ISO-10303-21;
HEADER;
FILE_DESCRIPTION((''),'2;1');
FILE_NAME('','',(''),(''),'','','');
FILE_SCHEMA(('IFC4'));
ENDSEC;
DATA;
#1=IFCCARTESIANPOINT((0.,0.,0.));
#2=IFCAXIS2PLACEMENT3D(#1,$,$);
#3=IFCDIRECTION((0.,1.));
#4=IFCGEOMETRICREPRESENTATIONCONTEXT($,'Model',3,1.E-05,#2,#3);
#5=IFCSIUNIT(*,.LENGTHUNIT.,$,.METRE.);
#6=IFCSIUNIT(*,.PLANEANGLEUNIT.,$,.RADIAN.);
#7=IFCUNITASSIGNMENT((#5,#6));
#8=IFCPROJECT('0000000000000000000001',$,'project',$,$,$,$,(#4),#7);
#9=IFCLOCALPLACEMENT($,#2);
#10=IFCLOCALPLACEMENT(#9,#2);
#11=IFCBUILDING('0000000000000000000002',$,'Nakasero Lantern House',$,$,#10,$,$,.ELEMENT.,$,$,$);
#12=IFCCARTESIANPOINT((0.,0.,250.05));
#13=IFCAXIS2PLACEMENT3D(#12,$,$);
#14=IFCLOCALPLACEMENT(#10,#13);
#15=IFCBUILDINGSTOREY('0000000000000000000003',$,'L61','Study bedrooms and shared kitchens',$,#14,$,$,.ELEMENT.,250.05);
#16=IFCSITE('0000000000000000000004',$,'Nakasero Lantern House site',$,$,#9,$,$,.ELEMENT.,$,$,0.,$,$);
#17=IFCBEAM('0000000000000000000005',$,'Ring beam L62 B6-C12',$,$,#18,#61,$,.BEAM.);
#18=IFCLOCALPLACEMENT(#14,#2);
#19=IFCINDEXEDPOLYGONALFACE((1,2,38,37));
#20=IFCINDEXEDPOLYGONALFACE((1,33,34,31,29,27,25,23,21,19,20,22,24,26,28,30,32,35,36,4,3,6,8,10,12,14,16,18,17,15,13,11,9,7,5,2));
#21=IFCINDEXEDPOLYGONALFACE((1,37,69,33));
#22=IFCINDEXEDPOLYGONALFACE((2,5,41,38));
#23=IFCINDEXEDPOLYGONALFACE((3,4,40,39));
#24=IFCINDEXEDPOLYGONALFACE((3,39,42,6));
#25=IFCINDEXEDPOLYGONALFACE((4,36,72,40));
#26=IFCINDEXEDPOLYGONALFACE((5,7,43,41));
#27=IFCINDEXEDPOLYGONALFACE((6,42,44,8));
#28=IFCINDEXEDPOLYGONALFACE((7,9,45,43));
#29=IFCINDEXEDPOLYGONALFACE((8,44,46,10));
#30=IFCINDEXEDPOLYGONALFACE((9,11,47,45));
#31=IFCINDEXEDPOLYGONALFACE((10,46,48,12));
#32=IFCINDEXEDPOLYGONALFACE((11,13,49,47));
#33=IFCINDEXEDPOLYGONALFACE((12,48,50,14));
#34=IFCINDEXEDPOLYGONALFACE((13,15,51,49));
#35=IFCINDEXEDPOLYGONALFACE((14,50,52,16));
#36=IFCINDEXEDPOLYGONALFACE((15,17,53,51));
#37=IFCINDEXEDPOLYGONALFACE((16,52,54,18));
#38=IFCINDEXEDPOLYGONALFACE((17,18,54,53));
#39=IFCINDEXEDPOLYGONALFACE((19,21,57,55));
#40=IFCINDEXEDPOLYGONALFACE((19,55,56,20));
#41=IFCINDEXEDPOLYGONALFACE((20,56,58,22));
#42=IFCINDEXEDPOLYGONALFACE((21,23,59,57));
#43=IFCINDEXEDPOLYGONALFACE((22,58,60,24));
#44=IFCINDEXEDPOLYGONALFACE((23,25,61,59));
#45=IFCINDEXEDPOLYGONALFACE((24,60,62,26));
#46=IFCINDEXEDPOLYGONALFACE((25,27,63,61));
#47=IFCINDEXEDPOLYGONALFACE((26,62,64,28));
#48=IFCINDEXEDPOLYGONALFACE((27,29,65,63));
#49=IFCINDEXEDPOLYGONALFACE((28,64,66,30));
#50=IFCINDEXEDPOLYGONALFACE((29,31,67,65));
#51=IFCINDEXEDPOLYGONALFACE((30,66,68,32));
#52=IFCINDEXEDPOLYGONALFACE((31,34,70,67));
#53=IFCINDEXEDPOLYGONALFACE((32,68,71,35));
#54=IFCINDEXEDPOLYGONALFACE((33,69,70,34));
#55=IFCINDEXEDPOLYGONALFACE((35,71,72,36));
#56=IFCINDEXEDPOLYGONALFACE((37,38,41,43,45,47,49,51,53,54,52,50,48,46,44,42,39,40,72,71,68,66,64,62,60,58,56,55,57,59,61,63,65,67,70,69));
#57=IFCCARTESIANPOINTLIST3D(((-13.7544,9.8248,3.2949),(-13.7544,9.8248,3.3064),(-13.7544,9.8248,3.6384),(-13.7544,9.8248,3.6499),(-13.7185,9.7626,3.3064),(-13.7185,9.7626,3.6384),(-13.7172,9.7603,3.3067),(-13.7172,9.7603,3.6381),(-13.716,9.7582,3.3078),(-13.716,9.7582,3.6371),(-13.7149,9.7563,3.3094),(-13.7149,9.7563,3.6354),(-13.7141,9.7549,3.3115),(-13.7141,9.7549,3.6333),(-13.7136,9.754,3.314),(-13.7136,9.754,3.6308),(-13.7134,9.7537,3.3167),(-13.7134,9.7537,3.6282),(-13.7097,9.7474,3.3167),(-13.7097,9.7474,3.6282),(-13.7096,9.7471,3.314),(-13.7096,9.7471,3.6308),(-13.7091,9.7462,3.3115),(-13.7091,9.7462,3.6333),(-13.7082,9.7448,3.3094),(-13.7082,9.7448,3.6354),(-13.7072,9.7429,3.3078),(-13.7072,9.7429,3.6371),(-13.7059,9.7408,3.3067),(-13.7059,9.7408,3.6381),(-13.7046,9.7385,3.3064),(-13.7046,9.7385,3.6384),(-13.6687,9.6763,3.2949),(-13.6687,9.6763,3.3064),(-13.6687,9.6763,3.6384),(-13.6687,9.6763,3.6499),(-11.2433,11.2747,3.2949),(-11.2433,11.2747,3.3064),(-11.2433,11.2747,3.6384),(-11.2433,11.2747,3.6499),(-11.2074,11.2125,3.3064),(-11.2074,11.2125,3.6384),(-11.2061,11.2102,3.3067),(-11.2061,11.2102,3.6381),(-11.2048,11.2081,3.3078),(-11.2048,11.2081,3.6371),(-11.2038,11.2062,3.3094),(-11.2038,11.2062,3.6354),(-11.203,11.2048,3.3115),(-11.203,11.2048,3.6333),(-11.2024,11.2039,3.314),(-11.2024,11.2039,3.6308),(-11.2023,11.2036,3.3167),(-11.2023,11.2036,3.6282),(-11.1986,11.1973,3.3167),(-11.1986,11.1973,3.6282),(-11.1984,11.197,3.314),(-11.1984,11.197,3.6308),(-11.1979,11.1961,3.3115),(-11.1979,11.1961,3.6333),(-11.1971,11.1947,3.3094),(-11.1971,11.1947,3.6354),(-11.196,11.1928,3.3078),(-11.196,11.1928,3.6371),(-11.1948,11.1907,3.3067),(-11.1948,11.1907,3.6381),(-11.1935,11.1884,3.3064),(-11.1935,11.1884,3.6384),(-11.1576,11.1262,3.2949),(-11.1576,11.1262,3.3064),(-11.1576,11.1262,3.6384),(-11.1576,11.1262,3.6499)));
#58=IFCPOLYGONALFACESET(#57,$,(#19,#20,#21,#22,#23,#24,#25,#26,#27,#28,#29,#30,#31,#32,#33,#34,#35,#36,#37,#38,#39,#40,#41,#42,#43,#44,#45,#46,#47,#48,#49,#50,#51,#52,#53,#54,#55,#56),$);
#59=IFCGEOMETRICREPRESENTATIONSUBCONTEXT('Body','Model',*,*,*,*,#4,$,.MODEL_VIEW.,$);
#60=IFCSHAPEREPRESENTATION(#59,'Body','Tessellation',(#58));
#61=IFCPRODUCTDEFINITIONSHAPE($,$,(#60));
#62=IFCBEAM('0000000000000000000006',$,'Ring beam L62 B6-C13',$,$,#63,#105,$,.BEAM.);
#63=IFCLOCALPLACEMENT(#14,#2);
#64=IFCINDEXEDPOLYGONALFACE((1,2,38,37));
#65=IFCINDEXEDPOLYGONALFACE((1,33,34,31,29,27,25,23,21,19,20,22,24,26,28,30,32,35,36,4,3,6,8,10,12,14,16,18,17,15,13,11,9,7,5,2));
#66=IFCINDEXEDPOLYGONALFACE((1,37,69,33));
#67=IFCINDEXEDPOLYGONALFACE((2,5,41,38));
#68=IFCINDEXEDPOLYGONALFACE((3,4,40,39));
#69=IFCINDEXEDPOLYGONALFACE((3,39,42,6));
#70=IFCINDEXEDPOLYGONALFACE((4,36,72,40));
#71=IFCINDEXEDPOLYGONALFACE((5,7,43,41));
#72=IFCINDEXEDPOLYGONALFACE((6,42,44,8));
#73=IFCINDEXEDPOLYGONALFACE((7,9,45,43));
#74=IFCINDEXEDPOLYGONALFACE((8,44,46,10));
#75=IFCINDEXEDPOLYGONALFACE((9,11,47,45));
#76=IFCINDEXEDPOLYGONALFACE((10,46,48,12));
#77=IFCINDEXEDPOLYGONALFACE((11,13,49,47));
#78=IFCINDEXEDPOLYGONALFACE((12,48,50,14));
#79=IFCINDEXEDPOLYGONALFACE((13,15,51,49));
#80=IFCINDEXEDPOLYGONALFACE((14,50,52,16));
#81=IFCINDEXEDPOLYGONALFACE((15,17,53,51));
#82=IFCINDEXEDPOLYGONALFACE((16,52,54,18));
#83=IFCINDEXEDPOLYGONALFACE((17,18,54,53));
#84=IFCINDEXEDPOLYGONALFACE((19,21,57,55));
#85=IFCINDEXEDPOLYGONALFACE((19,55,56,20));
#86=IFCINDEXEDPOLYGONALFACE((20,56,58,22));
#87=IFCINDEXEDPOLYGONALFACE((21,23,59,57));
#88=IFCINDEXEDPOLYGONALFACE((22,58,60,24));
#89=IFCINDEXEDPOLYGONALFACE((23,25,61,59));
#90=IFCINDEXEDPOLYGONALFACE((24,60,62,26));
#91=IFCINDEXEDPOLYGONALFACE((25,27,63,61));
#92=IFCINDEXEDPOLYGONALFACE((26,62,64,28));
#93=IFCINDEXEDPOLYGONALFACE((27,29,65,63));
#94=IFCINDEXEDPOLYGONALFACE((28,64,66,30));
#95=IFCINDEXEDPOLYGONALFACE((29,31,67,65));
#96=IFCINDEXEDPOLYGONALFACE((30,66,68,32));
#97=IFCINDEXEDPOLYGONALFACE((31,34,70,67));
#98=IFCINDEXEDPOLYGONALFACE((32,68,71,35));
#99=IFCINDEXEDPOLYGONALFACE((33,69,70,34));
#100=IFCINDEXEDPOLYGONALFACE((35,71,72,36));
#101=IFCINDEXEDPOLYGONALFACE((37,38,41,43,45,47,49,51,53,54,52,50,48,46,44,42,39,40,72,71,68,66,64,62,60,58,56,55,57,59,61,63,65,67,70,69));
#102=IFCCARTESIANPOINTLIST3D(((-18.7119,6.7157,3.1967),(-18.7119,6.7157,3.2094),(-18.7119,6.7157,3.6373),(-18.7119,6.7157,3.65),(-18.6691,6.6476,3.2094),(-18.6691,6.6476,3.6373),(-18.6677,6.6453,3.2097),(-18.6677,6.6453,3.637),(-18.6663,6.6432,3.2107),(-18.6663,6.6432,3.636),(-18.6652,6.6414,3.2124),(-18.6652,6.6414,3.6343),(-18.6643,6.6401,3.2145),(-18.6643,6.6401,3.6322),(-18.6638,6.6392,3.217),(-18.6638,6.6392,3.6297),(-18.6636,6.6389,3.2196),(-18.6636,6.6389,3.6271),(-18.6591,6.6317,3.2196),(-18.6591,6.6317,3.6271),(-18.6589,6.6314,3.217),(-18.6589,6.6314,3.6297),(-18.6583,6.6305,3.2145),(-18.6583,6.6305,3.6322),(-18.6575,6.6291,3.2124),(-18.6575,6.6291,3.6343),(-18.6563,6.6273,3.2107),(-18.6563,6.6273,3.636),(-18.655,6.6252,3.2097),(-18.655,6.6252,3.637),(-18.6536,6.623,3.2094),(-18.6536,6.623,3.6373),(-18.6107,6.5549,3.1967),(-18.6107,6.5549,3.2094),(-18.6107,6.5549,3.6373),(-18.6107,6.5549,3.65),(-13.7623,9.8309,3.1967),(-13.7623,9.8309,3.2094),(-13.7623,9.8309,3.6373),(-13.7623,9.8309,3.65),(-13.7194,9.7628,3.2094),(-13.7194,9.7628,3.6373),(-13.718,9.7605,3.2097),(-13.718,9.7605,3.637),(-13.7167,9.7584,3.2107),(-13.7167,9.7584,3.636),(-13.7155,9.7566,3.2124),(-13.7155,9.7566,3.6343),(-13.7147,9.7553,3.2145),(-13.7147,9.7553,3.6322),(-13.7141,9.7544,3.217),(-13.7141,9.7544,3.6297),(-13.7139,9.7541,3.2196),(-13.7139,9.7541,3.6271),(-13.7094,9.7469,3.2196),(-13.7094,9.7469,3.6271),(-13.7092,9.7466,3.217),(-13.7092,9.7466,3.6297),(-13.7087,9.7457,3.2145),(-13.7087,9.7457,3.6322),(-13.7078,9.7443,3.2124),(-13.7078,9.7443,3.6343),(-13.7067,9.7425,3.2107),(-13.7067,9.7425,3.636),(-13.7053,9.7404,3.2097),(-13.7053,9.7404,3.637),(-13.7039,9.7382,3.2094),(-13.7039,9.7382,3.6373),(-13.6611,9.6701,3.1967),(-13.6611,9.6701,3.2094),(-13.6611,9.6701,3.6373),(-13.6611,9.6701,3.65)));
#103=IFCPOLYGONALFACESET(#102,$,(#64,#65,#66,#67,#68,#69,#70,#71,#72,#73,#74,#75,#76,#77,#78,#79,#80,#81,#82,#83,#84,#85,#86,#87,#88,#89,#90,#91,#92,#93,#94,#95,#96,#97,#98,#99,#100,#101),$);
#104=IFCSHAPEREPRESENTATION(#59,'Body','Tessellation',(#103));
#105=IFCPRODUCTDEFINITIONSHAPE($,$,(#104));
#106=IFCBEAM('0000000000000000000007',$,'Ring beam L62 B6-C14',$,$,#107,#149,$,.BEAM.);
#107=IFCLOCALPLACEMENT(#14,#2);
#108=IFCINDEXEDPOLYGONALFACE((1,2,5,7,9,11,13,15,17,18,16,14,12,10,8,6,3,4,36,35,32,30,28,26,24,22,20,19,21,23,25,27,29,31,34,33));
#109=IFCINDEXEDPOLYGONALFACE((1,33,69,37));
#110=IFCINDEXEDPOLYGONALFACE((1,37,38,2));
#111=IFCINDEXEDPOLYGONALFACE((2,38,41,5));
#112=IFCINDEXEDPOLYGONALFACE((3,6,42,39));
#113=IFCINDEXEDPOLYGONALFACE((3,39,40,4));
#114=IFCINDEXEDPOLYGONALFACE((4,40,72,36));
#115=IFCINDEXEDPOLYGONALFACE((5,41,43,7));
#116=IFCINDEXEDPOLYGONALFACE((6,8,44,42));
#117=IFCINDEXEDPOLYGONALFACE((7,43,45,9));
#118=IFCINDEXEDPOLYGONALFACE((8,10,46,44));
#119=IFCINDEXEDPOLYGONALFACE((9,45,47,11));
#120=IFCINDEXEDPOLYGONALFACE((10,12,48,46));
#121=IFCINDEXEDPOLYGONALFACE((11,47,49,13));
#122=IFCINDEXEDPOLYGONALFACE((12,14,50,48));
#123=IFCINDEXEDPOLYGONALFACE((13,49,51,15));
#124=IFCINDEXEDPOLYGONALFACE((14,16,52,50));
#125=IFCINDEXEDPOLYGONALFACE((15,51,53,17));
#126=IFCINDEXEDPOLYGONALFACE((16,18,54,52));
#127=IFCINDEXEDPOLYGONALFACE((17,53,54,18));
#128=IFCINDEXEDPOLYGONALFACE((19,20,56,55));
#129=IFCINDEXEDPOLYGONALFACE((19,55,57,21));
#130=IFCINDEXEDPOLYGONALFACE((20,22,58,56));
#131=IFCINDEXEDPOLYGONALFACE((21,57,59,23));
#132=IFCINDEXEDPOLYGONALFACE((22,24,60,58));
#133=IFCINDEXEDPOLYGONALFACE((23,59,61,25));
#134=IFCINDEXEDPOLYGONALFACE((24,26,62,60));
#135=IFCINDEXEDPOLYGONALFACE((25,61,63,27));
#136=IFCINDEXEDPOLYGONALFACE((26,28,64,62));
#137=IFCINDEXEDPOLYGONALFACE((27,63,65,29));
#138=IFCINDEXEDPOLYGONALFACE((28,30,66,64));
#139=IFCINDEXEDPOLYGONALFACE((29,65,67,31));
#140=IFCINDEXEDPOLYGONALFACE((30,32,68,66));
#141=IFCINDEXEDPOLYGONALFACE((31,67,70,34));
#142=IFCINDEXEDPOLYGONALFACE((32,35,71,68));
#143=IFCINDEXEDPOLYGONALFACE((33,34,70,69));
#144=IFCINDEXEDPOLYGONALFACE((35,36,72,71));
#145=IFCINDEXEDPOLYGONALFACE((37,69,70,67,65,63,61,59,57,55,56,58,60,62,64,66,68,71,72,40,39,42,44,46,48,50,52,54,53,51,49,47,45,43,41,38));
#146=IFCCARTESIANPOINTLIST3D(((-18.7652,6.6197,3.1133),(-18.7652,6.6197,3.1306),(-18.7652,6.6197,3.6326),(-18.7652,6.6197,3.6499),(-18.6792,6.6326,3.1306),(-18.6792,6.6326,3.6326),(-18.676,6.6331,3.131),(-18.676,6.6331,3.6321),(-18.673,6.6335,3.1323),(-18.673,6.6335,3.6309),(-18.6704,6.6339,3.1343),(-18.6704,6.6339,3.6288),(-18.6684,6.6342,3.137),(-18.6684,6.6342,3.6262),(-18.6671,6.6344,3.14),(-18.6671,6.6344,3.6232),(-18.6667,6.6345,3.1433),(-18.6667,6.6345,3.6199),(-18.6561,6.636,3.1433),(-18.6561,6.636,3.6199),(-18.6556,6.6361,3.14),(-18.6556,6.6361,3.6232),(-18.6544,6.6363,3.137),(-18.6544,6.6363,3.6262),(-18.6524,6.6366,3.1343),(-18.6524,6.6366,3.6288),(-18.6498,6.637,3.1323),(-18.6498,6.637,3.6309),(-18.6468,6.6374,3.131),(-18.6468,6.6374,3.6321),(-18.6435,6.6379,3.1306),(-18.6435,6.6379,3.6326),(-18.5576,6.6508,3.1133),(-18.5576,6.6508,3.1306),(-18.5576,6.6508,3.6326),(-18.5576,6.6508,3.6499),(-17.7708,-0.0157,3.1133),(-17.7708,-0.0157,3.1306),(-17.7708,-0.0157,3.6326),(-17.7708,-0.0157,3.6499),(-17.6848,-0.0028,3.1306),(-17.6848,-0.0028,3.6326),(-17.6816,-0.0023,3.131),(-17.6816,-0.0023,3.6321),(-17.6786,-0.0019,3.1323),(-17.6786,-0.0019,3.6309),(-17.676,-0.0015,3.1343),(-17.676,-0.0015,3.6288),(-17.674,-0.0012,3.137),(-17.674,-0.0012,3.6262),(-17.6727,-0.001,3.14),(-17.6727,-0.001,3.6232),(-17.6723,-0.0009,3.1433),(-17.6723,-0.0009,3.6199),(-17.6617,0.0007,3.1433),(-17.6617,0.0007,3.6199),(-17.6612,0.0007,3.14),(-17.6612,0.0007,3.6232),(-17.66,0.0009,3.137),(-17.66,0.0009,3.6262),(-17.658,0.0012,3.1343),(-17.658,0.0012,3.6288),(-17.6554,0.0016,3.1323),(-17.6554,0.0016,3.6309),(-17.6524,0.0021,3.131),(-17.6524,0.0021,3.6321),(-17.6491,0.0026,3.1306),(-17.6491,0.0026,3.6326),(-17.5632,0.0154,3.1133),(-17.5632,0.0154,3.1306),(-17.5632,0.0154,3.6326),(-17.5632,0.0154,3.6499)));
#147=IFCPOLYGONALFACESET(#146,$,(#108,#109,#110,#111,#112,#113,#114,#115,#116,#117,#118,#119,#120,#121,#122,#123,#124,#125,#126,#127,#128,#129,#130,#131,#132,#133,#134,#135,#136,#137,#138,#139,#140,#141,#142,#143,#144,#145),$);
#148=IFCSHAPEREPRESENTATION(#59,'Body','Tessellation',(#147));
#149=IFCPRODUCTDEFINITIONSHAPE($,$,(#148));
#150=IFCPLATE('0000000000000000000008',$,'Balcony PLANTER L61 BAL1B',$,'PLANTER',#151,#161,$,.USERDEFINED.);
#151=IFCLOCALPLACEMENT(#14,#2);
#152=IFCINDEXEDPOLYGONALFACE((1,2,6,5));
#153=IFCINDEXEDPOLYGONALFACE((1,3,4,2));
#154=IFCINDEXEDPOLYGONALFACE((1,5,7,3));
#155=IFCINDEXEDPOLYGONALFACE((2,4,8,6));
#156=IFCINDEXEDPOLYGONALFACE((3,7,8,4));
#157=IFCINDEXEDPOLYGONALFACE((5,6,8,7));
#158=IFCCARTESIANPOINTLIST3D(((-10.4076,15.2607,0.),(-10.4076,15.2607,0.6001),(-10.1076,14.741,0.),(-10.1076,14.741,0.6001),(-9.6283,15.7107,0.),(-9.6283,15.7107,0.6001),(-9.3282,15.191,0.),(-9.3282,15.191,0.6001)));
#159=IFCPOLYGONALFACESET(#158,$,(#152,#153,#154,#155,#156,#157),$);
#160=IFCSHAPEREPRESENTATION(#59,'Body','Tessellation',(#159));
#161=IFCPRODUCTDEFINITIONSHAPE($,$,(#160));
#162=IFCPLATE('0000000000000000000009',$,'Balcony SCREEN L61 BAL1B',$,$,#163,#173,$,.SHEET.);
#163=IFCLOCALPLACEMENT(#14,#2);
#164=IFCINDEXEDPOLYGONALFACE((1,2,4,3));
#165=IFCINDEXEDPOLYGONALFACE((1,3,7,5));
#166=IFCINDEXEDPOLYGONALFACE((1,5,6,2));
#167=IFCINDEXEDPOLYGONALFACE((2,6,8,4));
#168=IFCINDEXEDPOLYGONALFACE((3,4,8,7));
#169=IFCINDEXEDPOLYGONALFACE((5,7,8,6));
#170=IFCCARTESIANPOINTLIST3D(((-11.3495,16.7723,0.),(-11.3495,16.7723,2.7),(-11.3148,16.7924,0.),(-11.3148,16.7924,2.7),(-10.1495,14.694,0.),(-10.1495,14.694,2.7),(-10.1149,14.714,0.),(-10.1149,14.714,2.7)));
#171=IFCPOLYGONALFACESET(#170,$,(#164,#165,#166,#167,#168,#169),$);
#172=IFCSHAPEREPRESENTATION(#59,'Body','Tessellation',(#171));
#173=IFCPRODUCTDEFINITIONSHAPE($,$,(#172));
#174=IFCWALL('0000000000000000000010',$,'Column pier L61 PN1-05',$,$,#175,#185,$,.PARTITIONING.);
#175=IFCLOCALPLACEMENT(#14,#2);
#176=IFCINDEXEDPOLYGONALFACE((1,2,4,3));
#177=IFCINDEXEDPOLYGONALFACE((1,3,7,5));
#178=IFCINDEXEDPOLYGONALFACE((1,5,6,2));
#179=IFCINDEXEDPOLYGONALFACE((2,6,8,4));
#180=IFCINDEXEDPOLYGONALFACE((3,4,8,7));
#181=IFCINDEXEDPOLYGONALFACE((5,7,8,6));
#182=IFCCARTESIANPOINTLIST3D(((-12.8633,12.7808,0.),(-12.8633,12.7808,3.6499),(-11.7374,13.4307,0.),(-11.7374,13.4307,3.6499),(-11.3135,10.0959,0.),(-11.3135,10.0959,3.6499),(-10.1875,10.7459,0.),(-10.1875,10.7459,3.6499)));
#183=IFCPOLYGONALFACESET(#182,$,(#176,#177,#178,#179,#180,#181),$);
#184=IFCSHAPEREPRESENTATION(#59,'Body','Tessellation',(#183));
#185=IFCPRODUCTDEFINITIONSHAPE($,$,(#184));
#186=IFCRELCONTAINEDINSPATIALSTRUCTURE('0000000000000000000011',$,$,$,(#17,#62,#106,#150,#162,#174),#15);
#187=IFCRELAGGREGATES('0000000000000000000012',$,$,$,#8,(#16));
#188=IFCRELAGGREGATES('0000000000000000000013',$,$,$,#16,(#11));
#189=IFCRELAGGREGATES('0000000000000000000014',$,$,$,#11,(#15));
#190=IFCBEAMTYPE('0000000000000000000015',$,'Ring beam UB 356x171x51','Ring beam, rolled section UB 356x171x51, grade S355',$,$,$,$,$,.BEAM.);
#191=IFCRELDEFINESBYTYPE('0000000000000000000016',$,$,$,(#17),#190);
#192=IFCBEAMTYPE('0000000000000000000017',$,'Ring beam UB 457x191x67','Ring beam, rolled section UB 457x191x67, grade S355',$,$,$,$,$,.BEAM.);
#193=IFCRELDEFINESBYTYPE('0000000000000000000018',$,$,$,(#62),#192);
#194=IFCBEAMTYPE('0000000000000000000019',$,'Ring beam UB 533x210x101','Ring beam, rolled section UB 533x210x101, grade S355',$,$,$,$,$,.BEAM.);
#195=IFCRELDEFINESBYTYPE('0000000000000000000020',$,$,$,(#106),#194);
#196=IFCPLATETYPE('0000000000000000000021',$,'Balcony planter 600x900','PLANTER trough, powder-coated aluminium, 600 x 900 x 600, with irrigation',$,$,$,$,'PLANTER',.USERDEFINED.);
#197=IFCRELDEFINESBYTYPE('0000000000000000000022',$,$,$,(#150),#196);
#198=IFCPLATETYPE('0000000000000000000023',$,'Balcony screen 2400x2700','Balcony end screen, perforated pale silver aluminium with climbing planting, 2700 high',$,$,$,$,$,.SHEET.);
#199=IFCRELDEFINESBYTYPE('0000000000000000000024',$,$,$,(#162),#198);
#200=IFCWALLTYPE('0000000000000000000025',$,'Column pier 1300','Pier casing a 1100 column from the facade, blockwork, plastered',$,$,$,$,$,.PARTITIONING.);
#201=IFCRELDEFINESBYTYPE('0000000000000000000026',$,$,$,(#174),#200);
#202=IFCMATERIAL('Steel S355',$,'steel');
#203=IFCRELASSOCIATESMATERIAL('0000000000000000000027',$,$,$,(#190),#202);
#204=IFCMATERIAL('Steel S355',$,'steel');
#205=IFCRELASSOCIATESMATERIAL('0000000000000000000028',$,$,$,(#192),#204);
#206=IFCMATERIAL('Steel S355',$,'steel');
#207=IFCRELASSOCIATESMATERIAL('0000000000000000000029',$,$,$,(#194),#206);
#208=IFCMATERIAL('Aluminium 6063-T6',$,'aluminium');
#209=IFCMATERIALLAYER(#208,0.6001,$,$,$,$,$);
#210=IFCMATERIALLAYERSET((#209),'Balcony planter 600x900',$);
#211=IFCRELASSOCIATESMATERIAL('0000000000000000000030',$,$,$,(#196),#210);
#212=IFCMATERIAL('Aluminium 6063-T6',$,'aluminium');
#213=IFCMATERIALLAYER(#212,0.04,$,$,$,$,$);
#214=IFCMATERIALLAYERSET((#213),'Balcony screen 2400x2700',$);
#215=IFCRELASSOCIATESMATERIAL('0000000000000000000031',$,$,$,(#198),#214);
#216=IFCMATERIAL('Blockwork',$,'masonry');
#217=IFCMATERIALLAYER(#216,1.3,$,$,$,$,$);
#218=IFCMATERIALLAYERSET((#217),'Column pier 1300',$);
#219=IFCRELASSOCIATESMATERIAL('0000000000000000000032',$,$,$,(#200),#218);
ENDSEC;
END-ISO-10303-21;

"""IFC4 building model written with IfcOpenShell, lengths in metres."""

from ifc_helpers import new_model, si_unit, direction, frame, frame_2d, origin, origin_2d, place, context, subcontext, project, spatial, rectangle, i_section, extrude, material, layer, layer_set, material_profile, profile_set, type_object, element, save


model = new_model("IFC4")

# Units and contexts
model_context = context("Model", 3, precision=1e-05, world=origin(), true_north=direction((0.0, 1.0)))
body_context = subcontext(model_context, "Body", "Model", "MODEL_VIEW")
ifc_project = project(units=[si_unit("LENGTHUNIT", "METRE"), si_unit("PLANEANGLEUNIT", "RADIAN")], contexts=[model_context])

# Site, building, storey
site_placement = place(None, origin())
site = spatial("IfcSite", under=ifc_project, at=site_placement, Name="Nakasero Lantern House site", CompositionType="ELEMENT", RefElevation=0.0)
building_placement = place(site_placement, origin())
building = spatial("IfcBuilding", under=site, at=building_placement, Name="Nakasero Lantern House", CompositionType="ELEMENT")
storey_placement = place(building_placement, frame((0.0, 0.0, 250.05)))
storey = spatial("IfcBuildingStorey", under=building, at=storey_placement, Name="L61", Description="Study bedrooms and shared kitchens", CompositionType="ELEMENT", Elevation=250.05)

# Beams
ifc_material_1 = material(Name="Steel S355", Category="steel")
ifc_material_profile_1 = material_profile(ifc_material_1, i_section(OverallWidth=0.1714, OverallDepth=0.355, WebThickness=0.0073, FlangeThickness=0.0115, FilletRadius=0.0103, at=origin_2d()), Name="UB 356x171x51")
ifc_profile_set_1 = profile_set([ifc_material_profile_1], Name="Steel S355")
beam_type_1 = type_object("IfcBeamType", Name="Ring beam UB 356x171x51", Description="Ring beam, rolled section UB 356x171x51, grade S355", PredefinedType="BEAM", material=ifc_profile_set_1)
beam_1_placement = place(storey_placement, frame((-11.2004, 11.2004, 3.4724), z_axis=(-0.866012, -0.500024, 0.0), x_axis=(0.500024, -0.866012, 0.0)))
element("IfcBeam", 1, at=beam_1_placement, inside=storey, type_object=beam_type_1, Name="Ring beam L62 B6-C12", PredefinedType="BEAM", context=body_context, shape_type="SweptSolid", body=[
    extrude(i_section(OverallWidth=0.1714, OverallDepth=0.355, WebThickness=0.0073, FlangeThickness=0.0115, FilletRadius=0.0103, at=origin_2d()), origin(), (0.0, 0.0, 1.0), 2.8997),
])
ifc_material_2 = material(Name="Steel S355", Category="steel")
ifc_material_profile_2 = material_profile(ifc_material_2, i_section(OverallWidth=0.1899, OverallDepth=0.4534, WebThickness=0.0085, FlangeThickness=0.0127, FilletRadius=0.0103, at=origin_2d()), Name="UB 457x191x67")
ifc_profile_set_2 = profile_set([ifc_material_profile_2], Name="Steel S355")
beam_type_2 = type_object("IfcBeamType", Name="Ring beam UB 457x191x67", Description="Ring beam, rolled section UB 457x191x67, grade S355", PredefinedType="BEAM", material=ifc_profile_set_2)
beam_2_placement = place(storey_placement, frame((-13.7117, 9.7505, 3.4233), z_axis=(-0.846329, -0.53266, 0.0), x_axis=(0.53266, -0.846329, 0.0)))
element("IfcBeam", 2, at=beam_2_placement, inside=storey, type_object=beam_type_2, Name="Ring beam L62 B6-C13", PredefinedType="BEAM", context=body_context, shape_type="SweptSolid", body=[
    extrude(i_section(OverallWidth=0.1899, OverallDepth=0.4534, WebThickness=0.0085, FlangeThickness=0.0127, FilletRadius=0.0103, at=origin_2d()), origin(), (0.0, 0.0, 1.0), 5.8484),
])
ifc_material_3 = material(Name="Steel S355", Category="steel")
ifc_material_profile_3 = material_profile(ifc_material_3, i_section(OverallWidth=0.21, OverallDepth=0.5366, WebThickness=0.0107, FlangeThickness=0.0173, FilletRadius=0.0127, at=origin_2d()), Name="UB 533x210x101")
ifc_profile_set_3 = profile_set([ifc_material_profile_3], Name="Steel S355")
beam_type_3 = type_object("IfcBeamType", Name="Ring beam UB 533x210x101", Description="Ring beam, rolled section UB 533x210x101, grade S355", PredefinedType="BEAM", material=ifc_profile_set_3)
beam_3_placement = place(storey_placement, frame((-18.6614, 6.6353, 3.3816), z_axis=(0.148209, -0.988956, 0.0), x_axis=(0.988956, 0.148209, 0.0)))
element("IfcBeam", 3, at=beam_3_placement, inside=storey, type_object=beam_type_3, Name="Ring beam L62 B6-C14", PredefinedType="BEAM", context=body_context, shape_type="SweptSolid", body=[
    extrude(i_section(OverallWidth=0.21, OverallDepth=0.5366, WebThickness=0.0107, FlangeThickness=0.0173, FilletRadius=0.0127, at=origin_2d()), origin(), (0.0, 0.0, 1.0), 6.7095),
])

# Plates
ifc_material_4 = material(Name="Aluminium 6063-T6", Category="aluminium")
ifc_layer_1 = layer(ifc_material_4, 0.6001)
ifc_layer_set_1 = layer_set([ifc_layer_1], Name="Balcony planter 600x900")
plate_type_1 = type_object("IfcPlateType", Name="Balcony planter 600x900", Description="PLANTER trough, powder-coated aluminium, 600 x 900 x 600, with irrigation", ElementType="PLANTER", PredefinedType="USERDEFINED", material=ifc_layer_set_1)
plate_1_placement = place(storey_placement, frame((-9.8679, 15.2258, 0.0), z_axis=(0.0, 0.0, 1.0), x_axis=(-0.5, 0.866025, 0.0)))
element("IfcPlate", 4, at=plate_1_placement, inside=storey, type_object=plate_type_1, Name="Balcony PLANTER L61 BAL1B", ObjectType="PLANTER", PredefinedType="USERDEFINED", context=body_context, shape_type="SweptSolid", body=[
    extrude(rectangle(XDim=0.6001, YDim=0.8999, at=origin_2d()), origin(), (0.0, 0.0, 1.0), 0.6001),
])
ifc_material_5 = material(Name="Aluminium 6063-T6", Category="aluminium")
ifc_layer_2 = layer(ifc_material_5, 0.04)
ifc_layer_set_2 = layer_set([ifc_layer_2], Name="Balcony screen 2400x2700")
plate_type_2 = type_object("IfcPlateType", Name="Balcony screen 2400x2700", Description="Balcony end screen, perforated pale silver aluminium with climbing planting, 2700 high", PredefinedType="SHEET", material=ifc_layer_set_2)
plate_2_placement = place(storey_placement, frame((-10.7322, 15.7432, 0.0), z_axis=(0.0, 0.0, 1.0), x_axis=(-0.5, 0.866025, 0.0)))
element("IfcPlate", 5, at=plate_2_placement, inside=storey, type_object=plate_type_2, Name="Balcony SCREEN L61 BAL1B", PredefinedType="SHEET", context=body_context, shape_type="SweptSolid", body=[
    extrude(rectangle(XDim=2.3999, YDim=0.04, at=origin_2d()), origin(), (0.0, 0.0, 1.0), 2.7),
])

# Wall
ifc_material_6 = material(Name="Blockwork", Category="masonry")
ifc_layer_3 = layer(ifc_material_6, 1.3)
ifc_layer_set_3 = layer_set([ifc_layer_3], Name="Column pier 1300")
wall_type_1 = type_object("IfcWallType", Name="Column pier 1300", Description="Pier casing a 1100 column from the facade, blockwork, plastered", PredefinedType="PARTITIONING", material=ifc_layer_set_3)
wall_1_placement = place(storey_placement, frame((-10.7505, 10.4209, 0.0), z_axis=(0.0, 0.0, 1.0), x_axis=(-0.499934, 0.866064, 0.0)))
element("IfcWall", 6, at=wall_1_placement, inside=storey, type_object=wall_type_1, Name="Column pier L61 PN1-05", PredefinedType="PARTITIONING", context=body_context, shape_type="SweptSolid", body=[
    extrude(rectangle(XDim=3.1001, YDim=1.3, at=frame_2d((1.55, 0.0))), origin(), (0.0, 0.0, 1.0), 3.6499),
])

save(model, "model.ifc")
